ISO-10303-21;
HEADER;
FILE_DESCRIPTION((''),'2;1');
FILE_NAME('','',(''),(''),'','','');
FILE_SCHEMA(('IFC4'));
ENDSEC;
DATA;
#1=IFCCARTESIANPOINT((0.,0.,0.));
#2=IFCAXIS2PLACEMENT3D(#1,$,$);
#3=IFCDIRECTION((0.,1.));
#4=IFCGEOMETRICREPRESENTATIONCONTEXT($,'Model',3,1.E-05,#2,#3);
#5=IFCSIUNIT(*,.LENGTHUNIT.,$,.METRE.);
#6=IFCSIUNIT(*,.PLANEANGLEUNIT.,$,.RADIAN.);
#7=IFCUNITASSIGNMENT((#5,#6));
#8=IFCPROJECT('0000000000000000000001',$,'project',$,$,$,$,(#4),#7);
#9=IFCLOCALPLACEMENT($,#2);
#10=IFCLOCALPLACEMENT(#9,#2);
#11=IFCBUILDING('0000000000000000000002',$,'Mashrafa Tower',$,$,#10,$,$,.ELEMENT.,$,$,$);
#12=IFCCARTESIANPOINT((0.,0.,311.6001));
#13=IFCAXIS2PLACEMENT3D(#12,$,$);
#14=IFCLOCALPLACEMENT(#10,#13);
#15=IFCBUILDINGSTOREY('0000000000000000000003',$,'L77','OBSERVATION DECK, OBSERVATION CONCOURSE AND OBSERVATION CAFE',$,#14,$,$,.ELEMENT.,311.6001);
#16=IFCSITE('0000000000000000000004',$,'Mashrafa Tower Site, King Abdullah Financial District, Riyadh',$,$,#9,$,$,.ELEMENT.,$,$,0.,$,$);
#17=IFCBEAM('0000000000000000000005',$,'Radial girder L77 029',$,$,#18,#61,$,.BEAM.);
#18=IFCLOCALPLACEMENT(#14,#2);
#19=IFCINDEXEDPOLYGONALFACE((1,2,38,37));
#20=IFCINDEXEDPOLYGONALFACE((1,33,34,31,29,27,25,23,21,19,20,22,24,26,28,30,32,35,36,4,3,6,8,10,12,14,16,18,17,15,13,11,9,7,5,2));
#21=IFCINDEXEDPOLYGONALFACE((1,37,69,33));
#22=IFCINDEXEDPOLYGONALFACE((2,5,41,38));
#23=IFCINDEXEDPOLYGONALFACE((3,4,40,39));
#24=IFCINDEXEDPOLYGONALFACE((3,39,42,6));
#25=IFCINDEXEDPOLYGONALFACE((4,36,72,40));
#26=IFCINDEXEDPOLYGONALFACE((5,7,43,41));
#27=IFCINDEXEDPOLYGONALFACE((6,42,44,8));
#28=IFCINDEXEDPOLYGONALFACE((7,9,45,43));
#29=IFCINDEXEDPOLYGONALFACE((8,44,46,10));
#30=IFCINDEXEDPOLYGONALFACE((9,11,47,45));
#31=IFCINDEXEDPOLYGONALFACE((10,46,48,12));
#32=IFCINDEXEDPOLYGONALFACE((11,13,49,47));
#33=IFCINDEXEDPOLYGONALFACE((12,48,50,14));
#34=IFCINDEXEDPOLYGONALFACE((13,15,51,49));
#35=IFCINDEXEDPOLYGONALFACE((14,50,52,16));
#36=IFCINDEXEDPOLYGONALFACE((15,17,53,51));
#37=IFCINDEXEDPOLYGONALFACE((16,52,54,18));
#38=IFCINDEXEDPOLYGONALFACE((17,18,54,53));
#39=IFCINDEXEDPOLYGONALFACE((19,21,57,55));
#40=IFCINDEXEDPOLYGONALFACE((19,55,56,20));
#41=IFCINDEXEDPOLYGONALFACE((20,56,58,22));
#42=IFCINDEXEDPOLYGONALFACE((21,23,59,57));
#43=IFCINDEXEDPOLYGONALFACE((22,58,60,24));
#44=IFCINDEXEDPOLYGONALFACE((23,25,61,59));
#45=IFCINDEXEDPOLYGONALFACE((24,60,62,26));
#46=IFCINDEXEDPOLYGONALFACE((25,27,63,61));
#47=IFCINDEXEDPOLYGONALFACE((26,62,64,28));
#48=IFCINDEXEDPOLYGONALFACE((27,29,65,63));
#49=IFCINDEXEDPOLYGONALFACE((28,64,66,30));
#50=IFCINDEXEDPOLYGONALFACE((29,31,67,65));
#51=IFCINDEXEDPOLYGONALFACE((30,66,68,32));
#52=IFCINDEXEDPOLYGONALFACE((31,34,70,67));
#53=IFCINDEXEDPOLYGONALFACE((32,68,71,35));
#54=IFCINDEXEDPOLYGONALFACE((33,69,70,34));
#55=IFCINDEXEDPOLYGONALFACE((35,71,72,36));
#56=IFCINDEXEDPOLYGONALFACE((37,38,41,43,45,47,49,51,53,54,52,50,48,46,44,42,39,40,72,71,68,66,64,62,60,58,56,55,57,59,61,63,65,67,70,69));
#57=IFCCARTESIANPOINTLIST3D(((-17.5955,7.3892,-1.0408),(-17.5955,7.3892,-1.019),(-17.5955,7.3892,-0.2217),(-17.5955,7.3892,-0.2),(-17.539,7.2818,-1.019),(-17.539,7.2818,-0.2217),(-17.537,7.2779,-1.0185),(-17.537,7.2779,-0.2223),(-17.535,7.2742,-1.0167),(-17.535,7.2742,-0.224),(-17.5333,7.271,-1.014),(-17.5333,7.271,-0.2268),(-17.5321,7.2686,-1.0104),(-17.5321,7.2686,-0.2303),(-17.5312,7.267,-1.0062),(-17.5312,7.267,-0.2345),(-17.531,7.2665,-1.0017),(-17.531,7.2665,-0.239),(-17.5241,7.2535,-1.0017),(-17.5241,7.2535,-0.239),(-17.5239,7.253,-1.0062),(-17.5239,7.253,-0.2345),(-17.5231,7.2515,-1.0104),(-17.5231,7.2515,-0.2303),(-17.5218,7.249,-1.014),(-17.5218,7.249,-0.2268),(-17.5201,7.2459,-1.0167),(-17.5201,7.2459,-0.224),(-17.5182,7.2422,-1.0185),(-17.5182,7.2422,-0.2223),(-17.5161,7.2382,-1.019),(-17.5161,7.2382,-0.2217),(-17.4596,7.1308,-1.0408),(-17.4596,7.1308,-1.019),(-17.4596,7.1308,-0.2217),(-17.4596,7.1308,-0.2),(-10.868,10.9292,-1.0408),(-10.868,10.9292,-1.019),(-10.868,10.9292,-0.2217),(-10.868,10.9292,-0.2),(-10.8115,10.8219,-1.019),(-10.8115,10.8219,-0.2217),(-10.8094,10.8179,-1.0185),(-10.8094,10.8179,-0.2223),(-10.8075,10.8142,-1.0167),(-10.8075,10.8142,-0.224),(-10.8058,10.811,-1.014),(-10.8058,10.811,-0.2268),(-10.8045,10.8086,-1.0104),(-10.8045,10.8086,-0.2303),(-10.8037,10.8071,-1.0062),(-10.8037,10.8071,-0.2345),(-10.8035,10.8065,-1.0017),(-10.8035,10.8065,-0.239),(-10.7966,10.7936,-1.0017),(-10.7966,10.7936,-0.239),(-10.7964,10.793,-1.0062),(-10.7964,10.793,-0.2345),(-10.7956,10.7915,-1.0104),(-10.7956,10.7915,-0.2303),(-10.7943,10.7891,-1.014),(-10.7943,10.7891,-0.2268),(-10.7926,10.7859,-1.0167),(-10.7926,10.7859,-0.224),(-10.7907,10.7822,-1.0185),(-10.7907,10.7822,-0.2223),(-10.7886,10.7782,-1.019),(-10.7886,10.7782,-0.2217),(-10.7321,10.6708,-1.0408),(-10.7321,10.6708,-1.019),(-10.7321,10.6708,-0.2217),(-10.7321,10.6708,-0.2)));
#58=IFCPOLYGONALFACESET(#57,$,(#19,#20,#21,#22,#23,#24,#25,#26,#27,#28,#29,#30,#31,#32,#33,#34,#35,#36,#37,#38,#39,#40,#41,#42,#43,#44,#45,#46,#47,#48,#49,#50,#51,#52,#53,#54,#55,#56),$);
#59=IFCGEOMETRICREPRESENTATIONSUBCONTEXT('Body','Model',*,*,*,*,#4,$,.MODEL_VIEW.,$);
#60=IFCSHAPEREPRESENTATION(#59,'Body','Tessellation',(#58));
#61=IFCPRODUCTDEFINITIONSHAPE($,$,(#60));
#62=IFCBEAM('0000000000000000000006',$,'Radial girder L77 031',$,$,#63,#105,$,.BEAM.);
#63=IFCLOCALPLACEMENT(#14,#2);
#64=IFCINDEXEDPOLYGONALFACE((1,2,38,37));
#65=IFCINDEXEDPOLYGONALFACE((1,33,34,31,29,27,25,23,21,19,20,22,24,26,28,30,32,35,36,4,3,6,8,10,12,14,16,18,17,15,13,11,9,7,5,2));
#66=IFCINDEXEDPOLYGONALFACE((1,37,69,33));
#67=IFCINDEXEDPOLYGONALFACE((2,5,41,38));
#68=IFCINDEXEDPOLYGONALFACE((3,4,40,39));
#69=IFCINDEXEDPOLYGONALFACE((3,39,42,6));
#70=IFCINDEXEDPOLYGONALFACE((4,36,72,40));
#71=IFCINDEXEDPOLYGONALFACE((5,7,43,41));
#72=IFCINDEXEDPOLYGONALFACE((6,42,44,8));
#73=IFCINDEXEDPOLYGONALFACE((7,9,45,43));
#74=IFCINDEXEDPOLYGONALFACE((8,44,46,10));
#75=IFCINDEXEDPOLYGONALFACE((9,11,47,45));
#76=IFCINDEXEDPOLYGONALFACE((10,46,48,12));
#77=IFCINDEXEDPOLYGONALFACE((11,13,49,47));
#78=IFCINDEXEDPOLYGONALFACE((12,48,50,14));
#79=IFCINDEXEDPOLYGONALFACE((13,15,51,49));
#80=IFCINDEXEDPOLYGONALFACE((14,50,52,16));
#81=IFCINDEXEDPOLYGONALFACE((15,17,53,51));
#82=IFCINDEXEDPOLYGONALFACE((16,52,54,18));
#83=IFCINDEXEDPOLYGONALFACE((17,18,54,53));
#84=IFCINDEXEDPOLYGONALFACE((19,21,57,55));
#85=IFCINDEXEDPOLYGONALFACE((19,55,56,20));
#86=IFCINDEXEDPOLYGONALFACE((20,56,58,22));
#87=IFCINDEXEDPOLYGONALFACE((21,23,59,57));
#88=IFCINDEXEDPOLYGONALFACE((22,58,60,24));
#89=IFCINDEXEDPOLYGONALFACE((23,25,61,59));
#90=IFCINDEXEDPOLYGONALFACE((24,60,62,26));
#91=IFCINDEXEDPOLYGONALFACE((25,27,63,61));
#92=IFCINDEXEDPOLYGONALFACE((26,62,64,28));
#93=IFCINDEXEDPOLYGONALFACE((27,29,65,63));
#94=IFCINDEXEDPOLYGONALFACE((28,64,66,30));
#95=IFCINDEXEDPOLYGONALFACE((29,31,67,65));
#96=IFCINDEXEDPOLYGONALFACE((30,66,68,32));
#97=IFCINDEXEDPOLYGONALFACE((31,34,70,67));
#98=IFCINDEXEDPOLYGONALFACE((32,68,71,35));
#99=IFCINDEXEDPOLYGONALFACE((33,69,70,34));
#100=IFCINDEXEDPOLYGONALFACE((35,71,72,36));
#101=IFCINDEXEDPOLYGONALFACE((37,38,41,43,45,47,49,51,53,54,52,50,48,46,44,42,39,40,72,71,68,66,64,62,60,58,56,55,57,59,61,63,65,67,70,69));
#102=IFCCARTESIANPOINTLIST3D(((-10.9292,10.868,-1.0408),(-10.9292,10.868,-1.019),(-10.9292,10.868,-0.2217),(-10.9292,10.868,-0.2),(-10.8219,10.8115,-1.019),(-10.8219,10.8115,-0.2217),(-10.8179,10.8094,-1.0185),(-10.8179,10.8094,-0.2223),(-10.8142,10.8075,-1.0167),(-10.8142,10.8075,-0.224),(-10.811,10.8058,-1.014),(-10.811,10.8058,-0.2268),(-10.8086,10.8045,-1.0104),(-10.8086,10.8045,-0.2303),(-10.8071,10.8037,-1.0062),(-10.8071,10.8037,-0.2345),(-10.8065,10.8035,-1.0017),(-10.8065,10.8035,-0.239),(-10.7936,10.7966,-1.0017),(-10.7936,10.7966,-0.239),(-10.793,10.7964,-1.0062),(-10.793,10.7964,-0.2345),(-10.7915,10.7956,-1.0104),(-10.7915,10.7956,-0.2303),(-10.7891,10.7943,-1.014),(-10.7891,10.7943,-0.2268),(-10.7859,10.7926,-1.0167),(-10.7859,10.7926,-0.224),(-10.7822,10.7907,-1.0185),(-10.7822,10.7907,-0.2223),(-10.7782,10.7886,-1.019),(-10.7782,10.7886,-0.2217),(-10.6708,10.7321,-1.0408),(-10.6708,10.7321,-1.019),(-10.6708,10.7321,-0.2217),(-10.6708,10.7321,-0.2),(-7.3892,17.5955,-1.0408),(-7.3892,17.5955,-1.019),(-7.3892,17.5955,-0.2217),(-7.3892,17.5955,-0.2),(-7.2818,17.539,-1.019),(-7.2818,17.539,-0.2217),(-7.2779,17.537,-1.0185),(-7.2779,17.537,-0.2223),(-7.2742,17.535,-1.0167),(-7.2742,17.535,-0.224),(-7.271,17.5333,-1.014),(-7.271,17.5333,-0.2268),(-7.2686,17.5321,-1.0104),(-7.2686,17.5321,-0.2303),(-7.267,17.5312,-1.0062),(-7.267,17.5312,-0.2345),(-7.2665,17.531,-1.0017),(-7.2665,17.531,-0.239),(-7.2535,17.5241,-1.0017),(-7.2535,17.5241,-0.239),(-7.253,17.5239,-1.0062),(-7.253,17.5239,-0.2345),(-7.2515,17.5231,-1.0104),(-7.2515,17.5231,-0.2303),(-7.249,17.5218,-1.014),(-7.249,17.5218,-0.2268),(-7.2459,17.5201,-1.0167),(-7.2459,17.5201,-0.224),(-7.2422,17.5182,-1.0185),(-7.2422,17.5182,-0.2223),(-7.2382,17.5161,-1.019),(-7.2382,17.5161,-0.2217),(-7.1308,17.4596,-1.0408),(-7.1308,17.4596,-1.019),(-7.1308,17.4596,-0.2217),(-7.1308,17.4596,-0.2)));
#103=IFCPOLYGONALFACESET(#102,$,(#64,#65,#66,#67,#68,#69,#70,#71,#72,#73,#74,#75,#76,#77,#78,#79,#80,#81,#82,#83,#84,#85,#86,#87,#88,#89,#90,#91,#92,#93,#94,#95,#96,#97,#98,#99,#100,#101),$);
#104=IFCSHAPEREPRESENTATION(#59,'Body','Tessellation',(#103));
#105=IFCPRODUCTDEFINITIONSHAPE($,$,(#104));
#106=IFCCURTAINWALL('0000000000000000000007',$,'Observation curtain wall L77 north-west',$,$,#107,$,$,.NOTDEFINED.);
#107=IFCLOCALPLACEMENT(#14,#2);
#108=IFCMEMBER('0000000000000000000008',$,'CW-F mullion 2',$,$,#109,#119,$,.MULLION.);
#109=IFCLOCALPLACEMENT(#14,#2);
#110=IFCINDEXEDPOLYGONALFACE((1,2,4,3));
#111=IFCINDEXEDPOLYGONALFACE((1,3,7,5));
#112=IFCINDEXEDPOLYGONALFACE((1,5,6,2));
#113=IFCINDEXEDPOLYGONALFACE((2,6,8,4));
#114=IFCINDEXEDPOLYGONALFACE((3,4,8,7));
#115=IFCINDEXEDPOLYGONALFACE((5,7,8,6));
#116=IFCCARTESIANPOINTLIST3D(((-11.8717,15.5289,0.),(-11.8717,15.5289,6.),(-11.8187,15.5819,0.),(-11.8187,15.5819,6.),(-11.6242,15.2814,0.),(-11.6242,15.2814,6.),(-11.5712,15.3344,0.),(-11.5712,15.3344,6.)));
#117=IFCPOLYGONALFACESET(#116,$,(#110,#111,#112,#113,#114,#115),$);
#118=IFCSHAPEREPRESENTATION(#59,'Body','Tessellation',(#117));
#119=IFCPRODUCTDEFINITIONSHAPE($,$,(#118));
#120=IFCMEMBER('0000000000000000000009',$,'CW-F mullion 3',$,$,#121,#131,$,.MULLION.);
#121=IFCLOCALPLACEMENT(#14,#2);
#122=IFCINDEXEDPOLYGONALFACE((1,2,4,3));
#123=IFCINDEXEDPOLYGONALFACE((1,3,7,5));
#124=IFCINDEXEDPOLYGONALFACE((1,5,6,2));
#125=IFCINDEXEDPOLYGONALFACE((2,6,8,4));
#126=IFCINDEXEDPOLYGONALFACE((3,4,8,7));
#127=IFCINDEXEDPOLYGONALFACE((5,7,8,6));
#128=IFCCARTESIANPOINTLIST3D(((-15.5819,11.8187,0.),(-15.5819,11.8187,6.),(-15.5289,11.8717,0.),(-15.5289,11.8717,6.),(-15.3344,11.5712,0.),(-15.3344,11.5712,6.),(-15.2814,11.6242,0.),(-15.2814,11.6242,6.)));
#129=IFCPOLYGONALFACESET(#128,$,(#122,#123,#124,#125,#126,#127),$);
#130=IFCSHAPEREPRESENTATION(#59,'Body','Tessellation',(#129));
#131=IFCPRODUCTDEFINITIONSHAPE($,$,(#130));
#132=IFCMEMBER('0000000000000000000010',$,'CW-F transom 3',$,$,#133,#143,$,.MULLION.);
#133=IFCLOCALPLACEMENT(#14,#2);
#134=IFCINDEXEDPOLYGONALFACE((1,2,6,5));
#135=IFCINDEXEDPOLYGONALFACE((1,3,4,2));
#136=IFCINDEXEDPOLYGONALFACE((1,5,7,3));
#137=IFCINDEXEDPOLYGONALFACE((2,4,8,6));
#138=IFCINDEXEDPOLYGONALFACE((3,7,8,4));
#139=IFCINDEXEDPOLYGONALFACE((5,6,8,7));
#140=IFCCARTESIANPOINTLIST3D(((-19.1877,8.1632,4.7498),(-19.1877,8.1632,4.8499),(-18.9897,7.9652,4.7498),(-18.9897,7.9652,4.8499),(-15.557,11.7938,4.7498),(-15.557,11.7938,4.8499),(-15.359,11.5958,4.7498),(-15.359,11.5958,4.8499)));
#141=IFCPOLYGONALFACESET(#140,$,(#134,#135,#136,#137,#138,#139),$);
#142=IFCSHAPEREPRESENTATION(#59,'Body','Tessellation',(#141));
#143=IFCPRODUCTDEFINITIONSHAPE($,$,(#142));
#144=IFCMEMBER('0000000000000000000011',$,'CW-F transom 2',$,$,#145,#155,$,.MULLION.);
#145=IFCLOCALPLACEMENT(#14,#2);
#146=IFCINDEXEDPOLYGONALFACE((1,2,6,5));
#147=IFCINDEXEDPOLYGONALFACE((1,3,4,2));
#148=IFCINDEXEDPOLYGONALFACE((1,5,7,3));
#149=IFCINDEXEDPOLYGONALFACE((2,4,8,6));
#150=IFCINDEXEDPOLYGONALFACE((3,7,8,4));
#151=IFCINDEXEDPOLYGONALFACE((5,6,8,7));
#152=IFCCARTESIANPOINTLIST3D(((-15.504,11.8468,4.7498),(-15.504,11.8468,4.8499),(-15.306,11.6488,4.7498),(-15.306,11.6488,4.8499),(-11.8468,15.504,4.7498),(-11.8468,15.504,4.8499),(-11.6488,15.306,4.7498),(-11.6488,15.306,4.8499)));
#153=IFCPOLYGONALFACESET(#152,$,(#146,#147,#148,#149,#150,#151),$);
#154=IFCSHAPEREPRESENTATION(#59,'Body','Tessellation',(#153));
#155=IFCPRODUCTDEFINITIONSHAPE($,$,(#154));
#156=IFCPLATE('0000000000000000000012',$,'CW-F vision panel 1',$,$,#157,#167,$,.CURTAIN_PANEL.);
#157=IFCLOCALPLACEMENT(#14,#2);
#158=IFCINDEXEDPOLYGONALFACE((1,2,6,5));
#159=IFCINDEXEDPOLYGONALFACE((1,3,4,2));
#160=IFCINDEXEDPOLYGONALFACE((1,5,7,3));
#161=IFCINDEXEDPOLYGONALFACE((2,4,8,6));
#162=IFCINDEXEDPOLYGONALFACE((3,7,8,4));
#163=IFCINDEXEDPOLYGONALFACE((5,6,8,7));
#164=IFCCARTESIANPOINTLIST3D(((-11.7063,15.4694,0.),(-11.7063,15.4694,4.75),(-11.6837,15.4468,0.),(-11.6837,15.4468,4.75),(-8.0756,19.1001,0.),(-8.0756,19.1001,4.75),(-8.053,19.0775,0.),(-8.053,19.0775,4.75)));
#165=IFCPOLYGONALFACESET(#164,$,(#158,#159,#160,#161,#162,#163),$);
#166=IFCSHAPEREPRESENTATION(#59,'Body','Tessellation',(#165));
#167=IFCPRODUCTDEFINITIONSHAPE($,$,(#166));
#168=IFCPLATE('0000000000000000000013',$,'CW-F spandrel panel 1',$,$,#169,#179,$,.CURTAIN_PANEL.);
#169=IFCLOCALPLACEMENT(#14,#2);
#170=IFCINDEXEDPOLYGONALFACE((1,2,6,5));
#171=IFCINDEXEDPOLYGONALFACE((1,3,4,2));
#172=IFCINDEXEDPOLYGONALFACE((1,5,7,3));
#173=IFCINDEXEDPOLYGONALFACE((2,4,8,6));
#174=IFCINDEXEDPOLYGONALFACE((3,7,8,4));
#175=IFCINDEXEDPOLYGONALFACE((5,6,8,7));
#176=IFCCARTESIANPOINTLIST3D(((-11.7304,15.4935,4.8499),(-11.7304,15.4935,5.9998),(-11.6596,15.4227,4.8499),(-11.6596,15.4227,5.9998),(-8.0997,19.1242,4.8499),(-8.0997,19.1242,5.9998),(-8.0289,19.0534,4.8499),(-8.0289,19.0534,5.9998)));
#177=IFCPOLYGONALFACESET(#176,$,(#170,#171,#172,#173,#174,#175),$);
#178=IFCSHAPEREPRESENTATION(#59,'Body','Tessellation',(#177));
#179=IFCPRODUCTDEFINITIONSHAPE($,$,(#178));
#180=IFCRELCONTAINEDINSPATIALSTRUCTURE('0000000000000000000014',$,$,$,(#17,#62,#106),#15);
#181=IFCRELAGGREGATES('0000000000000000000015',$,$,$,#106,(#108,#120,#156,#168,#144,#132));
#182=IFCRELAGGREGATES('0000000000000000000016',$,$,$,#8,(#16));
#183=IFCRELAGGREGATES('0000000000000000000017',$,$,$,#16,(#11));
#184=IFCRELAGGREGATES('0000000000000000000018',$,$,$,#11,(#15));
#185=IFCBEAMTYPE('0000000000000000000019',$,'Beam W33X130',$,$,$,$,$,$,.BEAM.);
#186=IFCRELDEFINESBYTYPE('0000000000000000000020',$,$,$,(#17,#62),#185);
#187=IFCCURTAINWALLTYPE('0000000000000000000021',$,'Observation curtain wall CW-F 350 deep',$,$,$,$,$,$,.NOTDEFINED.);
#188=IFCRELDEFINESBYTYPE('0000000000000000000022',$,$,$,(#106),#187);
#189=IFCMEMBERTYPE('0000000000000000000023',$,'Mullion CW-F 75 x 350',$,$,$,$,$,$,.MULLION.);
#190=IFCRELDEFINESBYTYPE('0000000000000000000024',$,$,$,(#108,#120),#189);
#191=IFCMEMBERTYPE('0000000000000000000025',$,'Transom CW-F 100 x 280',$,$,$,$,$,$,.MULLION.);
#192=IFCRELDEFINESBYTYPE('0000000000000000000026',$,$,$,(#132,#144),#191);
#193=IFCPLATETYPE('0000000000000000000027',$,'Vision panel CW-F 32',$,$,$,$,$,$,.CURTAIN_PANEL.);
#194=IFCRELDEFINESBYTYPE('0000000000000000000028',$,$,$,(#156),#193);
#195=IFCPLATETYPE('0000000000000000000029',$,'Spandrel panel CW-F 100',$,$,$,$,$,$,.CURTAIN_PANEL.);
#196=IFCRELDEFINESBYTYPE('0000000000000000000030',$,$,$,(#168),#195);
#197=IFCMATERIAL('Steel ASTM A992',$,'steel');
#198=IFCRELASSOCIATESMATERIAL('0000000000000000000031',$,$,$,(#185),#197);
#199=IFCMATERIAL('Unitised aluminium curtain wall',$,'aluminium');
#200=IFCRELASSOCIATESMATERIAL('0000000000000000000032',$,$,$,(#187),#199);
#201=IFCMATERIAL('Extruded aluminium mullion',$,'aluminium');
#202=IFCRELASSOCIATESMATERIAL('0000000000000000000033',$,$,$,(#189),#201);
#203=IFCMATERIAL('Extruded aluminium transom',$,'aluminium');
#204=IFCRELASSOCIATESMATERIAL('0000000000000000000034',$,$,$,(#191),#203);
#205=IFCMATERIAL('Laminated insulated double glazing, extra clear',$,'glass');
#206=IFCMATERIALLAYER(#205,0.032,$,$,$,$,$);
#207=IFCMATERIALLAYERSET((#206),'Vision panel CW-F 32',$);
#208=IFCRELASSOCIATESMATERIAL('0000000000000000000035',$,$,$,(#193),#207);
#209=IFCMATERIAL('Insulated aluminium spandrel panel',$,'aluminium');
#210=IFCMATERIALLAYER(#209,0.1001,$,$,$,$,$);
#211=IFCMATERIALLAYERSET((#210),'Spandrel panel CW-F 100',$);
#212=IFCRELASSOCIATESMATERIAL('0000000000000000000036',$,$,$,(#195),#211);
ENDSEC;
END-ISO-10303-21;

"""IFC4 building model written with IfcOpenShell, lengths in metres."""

from ifc_helpers import new_model, si_unit, direction, frame, origin, origin_2d, place, context, subcontext, project, spatial, rectangle, i_section, extrude, source, transform, mapped, material, layer, layer_set, material_profile, profile_set, type_object, type_shapes, element, aggregate, save


model = new_model("IFC4")

# Units and contexts
model_context = context("Model", 3, precision=1e-05, world=origin(), true_north=direction((0.0, 1.0)))
body_context = subcontext(model_context, "Body", "Model", "MODEL_VIEW")
ifc_project = project(units=[si_unit("LENGTHUNIT", "METRE"), si_unit("PLANEANGLEUNIT", "RADIAN")], contexts=[model_context])

# Site, building, storey
site_placement = place(None, origin())
site = spatial("IfcSite", under=ifc_project, at=site_placement, Name="Mashrafa Tower Site, King Abdullah Financial District, Riyadh", CompositionType="ELEMENT", RefElevation=0.0)
building_placement = place(site_placement, origin())
building = spatial("IfcBuilding", under=site, at=building_placement, Name="Mashrafa Tower", CompositionType="ELEMENT")
storey_placement = place(building_placement, frame((0.0, 0.0, 311.6001)))
storey = spatial("IfcBuildingStorey", under=building, at=storey_placement, Name="L77", Description="OBSERVATION DECK, OBSERVATION CONCOURSE AND OBSERVATION CAFE", CompositionType="ELEMENT", Elevation=311.6001)

# Beams
ifc_material_1 = material(Name="Steel ASTM A992", Category="steel")
ifc_material_profile_1 = material_profile(ifc_material_1, i_section(OverallWidth=0.292, OverallDepth=0.8408, WebThickness=0.0146, FlangeThickness=0.0217, FilletRadius=0.0173, at=origin_2d()), Name="W33X130")
ifc_profile_set_1 = profile_set([ifc_material_profile_1], Name="Steel ASTM A992")
beam_type_1 = type_object("IfcBeamType", Name="Beam W33X130", PredefinedType="BEAM", material=ifc_profile_set_1)
for number, where, z_axis, x_axis, name in (
    (1, (-10.8, 10.8, -0.6204), (-0.88496, -0.465667, 0.0), (0.465667, -0.88496, 0.0), "Radial girder L77 029"),
    (2, (-10.8, 10.8, -0.6204), (0.465667, 0.88496, 0.0), (-0.88496, 0.465667, 0.0), "Radial girder L77 031"),
):
    element("IfcBeam", number, at=place(storey_placement, frame(where, z_axis=z_axis, x_axis=x_axis)), inside=storey, type_object=beam_type_1, Name=name, PredefinedType="BEAM", context=body_context, shape_type="SweptSolid", body=[
        extrude(i_section(OverallWidth=0.292, OverallDepth=0.8408, WebThickness=0.0146, FlangeThickness=0.0217, FilletRadius=0.0173, at=origin_2d()), origin(), (0.0, 0.0, 1.0), 7.6021),
    ])

# Curtain wall, members, plates
ifc_material_2 = material(Name="Unitised aluminium curtain wall", Category="aluminium")
curtain_wall_type = type_object("IfcCurtainWallType", Name="Observation curtain wall CW-F 350 deep", PredefinedType="NOTDEFINED", material=ifc_material_2)
curtain_wall_placement = place(storey_placement, origin())
curtain_wall = element("IfcCurtainWall", 3, at=curtain_wall_placement, inside=storey, type_object=curtain_wall_type, Name="Observation curtain wall L77 north-west", PredefinedType="NOTDEFINED")
ifc_material_3 = material(Name="Extruded aluminium mullion", Category="aluminium")
ifc_material_profile_2 = material_profile(ifc_material_3, rectangle(XDim=0.3501, YDim=0.075, at=origin_2d()), Name="Mullion 75x350")
ifc_profile_set_2 = profile_set([ifc_material_profile_2], Name="Extruded aluminium mullion")
member_type_1 = type_object("IfcMemberType", Name="Mullion CW-F 75 x 350", PredefinedType="MULLION", material=ifc_profile_set_2)
shared_shape_1 = source(origin(), body_context, "Body", "SweptSolid", [
    extrude(rectangle(XDim=0.3501, YDim=0.075, at=origin_2d()), origin(), (0.0, 0.0, 1.0), 6.0),
])
type_shapes(member_type_1, [shared_shape_1])
member_1_placement = place(storey_placement, frame((-11.7214, 15.4316, 0.0), z_axis=(0.0, 0.0, 1.0), x_axis=(0.707107, -0.707107, 0.0)))
member_1 = element("IfcMember", 4, at=member_1_placement, type_object=member_type_1, Name="CW-F mullion 2", PredefinedType="MULLION", context=body_context, shape_type="MappedRepresentation", body=[
    mapped(shared_shape_1, transform((0.0, 0.0, 0.0))),
])
member_2_placement = place(storey_placement, frame((-15.4316, 11.7214, 0.0), z_axis=(0.0, 0.0, 1.0), x_axis=(0.707107, -0.707107, 0.0)))
member_2 = element("IfcMember", 5, at=member_2_placement, type_object=member_type_1, Name="CW-F mullion 3", PredefinedType="MULLION", context=body_context, shape_type="MappedRepresentation", body=[
    mapped(shared_shape_1, transform((0.0, 0.0, 0.0))),
])
ifc_material_4 = material(Name="Extruded aluminium transom", Category="aluminium")
ifc_material_profile_3 = material_profile(ifc_material_4, rectangle(XDim=0.28, YDim=0.1001, at=origin_2d()), Name="Transom 100x280")
ifc_profile_set_3 = profile_set([ifc_material_profile_3], Name="Extruded aluminium transom")
member_type_2 = type_object("IfcMemberType", Name="Transom CW-F 100 x 280", PredefinedType="MULLION", material=ifc_profile_set_3)
shared_shape_2 = source(origin(), body_context, "Body", "SweptSolid", [
    extrude(rectangle(XDim=0.28, YDim=0.1001, at=origin_2d()), origin(), (0.0, 0.0, 1.0), 5.1345),
])
member_3_placement = place(storey_placement, frame((-15.458, 11.6948, 4.7998), z_axis=(-0.707107, -0.707107, 0.0), x_axis=(0.707107, -0.707107, 0.0)))
member_3 = element("IfcMember", 6, at=member_3_placement, type_object=member_type_2, Name="CW-F transom 3", PredefinedType="MULLION", context=body_context, shape_type="MappedRepresentation", body=[
    mapped(shared_shape_2, transform((0.0, 0.0, 0.0))),
])
shared_shape_3 = source(origin(), body_context, "Body", "SweptSolid", [
    extrude(rectangle(XDim=0.28, YDim=0.1001, at=origin_2d()), origin(), (0.0, 0.0, 1.0), 5.1721),
])
type_shapes(member_type_2, [shared_shape_2, shared_shape_3])
member_4_placement = place(storey_placement, frame((-11.7478, 15.405, 4.7998), z_axis=(-0.707107, -0.707107, 0.0), x_axis=(0.707107, -0.707107, 0.0)))
member_4 = element("IfcMember", 7, at=member_4_placement, type_object=member_type_2, Name="CW-F transom 2", PredefinedType="MULLION", context=body_context, shape_type="MappedRepresentation", body=[
    mapped(shared_shape_3, transform((0.0, 0.0, 0.0))),
])
ifc_material_5 = material(Name="Laminated insulated double glazing, extra clear", Category="glass")
ifc_layer_1 = layer(ifc_material_5, 0.032)
ifc_layer_set_1 = layer_set([ifc_layer_1], Name="Vision panel CW-F 32")
plate_type_1 = type_object("IfcPlateType", Name="Vision panel CW-F 32", PredefinedType="CURTAIN_PANEL", material=ifc_layer_set_1)
shared_shape_4 = source(origin(), body_context, "Body", "SweptSolid", [
    extrude(rectangle(XDim=5.1345, YDim=0.032, at=origin_2d()), origin(), (0.0, 0.0, 1.0), 4.75),
])
plate_1_placement = place(storey_placement, frame((-9.8796, 17.2734, 0.0), z_axis=(0.0, 0.0, 1.0), x_axis=(-0.707107, -0.707107, 0.0)))
plate_1 = element("IfcPlate", 8, at=plate_1_placement, type_object=plate_type_1, Name="CW-F vision panel 1", PredefinedType="CURTAIN_PANEL", context=body_context, shape_type="MappedRepresentation", body=[
    mapped(shared_shape_4, transform((0.0, 0.0, 0.0))),
])
ifc_material_6 = material(Name="Insulated aluminium spandrel panel", Category="aluminium")
ifc_layer_2 = layer(ifc_material_6, 0.1001)
ifc_layer_set_2 = layer_set([ifc_layer_2], Name="Spandrel panel CW-F 100")
plate_type_2 = type_object("IfcPlateType", Name="Spandrel panel CW-F 100", PredefinedType="CURTAIN_PANEL", material=ifc_layer_set_2)
shared_shape_5 = source(origin(), body_context, "Body", "SweptSolid", [
    extrude(rectangle(XDim=5.1345, YDim=0.1001, at=origin_2d()), origin(), (0.0, 0.0, 1.0), 1.1499),
])
plate_2_placement = place(storey_placement, frame((-9.8796, 17.2734, 4.8499), z_axis=(0.0, 0.0, 1.0), x_axis=(-0.707107, -0.707107, 0.0)))
plate_2 = element("IfcPlate", 9, at=plate_2_placement, type_object=plate_type_2, Name="CW-F spandrel panel 1", PredefinedType="CURTAIN_PANEL", context=body_context, shape_type="MappedRepresentation", body=[
    mapped(shared_shape_5, transform((0.0, 0.0, 0.0))),
])
aggregate(curtain_wall, [member_1, member_2, plate_1, plate_2, member_4, member_3])

save(model, "model.ifc")
